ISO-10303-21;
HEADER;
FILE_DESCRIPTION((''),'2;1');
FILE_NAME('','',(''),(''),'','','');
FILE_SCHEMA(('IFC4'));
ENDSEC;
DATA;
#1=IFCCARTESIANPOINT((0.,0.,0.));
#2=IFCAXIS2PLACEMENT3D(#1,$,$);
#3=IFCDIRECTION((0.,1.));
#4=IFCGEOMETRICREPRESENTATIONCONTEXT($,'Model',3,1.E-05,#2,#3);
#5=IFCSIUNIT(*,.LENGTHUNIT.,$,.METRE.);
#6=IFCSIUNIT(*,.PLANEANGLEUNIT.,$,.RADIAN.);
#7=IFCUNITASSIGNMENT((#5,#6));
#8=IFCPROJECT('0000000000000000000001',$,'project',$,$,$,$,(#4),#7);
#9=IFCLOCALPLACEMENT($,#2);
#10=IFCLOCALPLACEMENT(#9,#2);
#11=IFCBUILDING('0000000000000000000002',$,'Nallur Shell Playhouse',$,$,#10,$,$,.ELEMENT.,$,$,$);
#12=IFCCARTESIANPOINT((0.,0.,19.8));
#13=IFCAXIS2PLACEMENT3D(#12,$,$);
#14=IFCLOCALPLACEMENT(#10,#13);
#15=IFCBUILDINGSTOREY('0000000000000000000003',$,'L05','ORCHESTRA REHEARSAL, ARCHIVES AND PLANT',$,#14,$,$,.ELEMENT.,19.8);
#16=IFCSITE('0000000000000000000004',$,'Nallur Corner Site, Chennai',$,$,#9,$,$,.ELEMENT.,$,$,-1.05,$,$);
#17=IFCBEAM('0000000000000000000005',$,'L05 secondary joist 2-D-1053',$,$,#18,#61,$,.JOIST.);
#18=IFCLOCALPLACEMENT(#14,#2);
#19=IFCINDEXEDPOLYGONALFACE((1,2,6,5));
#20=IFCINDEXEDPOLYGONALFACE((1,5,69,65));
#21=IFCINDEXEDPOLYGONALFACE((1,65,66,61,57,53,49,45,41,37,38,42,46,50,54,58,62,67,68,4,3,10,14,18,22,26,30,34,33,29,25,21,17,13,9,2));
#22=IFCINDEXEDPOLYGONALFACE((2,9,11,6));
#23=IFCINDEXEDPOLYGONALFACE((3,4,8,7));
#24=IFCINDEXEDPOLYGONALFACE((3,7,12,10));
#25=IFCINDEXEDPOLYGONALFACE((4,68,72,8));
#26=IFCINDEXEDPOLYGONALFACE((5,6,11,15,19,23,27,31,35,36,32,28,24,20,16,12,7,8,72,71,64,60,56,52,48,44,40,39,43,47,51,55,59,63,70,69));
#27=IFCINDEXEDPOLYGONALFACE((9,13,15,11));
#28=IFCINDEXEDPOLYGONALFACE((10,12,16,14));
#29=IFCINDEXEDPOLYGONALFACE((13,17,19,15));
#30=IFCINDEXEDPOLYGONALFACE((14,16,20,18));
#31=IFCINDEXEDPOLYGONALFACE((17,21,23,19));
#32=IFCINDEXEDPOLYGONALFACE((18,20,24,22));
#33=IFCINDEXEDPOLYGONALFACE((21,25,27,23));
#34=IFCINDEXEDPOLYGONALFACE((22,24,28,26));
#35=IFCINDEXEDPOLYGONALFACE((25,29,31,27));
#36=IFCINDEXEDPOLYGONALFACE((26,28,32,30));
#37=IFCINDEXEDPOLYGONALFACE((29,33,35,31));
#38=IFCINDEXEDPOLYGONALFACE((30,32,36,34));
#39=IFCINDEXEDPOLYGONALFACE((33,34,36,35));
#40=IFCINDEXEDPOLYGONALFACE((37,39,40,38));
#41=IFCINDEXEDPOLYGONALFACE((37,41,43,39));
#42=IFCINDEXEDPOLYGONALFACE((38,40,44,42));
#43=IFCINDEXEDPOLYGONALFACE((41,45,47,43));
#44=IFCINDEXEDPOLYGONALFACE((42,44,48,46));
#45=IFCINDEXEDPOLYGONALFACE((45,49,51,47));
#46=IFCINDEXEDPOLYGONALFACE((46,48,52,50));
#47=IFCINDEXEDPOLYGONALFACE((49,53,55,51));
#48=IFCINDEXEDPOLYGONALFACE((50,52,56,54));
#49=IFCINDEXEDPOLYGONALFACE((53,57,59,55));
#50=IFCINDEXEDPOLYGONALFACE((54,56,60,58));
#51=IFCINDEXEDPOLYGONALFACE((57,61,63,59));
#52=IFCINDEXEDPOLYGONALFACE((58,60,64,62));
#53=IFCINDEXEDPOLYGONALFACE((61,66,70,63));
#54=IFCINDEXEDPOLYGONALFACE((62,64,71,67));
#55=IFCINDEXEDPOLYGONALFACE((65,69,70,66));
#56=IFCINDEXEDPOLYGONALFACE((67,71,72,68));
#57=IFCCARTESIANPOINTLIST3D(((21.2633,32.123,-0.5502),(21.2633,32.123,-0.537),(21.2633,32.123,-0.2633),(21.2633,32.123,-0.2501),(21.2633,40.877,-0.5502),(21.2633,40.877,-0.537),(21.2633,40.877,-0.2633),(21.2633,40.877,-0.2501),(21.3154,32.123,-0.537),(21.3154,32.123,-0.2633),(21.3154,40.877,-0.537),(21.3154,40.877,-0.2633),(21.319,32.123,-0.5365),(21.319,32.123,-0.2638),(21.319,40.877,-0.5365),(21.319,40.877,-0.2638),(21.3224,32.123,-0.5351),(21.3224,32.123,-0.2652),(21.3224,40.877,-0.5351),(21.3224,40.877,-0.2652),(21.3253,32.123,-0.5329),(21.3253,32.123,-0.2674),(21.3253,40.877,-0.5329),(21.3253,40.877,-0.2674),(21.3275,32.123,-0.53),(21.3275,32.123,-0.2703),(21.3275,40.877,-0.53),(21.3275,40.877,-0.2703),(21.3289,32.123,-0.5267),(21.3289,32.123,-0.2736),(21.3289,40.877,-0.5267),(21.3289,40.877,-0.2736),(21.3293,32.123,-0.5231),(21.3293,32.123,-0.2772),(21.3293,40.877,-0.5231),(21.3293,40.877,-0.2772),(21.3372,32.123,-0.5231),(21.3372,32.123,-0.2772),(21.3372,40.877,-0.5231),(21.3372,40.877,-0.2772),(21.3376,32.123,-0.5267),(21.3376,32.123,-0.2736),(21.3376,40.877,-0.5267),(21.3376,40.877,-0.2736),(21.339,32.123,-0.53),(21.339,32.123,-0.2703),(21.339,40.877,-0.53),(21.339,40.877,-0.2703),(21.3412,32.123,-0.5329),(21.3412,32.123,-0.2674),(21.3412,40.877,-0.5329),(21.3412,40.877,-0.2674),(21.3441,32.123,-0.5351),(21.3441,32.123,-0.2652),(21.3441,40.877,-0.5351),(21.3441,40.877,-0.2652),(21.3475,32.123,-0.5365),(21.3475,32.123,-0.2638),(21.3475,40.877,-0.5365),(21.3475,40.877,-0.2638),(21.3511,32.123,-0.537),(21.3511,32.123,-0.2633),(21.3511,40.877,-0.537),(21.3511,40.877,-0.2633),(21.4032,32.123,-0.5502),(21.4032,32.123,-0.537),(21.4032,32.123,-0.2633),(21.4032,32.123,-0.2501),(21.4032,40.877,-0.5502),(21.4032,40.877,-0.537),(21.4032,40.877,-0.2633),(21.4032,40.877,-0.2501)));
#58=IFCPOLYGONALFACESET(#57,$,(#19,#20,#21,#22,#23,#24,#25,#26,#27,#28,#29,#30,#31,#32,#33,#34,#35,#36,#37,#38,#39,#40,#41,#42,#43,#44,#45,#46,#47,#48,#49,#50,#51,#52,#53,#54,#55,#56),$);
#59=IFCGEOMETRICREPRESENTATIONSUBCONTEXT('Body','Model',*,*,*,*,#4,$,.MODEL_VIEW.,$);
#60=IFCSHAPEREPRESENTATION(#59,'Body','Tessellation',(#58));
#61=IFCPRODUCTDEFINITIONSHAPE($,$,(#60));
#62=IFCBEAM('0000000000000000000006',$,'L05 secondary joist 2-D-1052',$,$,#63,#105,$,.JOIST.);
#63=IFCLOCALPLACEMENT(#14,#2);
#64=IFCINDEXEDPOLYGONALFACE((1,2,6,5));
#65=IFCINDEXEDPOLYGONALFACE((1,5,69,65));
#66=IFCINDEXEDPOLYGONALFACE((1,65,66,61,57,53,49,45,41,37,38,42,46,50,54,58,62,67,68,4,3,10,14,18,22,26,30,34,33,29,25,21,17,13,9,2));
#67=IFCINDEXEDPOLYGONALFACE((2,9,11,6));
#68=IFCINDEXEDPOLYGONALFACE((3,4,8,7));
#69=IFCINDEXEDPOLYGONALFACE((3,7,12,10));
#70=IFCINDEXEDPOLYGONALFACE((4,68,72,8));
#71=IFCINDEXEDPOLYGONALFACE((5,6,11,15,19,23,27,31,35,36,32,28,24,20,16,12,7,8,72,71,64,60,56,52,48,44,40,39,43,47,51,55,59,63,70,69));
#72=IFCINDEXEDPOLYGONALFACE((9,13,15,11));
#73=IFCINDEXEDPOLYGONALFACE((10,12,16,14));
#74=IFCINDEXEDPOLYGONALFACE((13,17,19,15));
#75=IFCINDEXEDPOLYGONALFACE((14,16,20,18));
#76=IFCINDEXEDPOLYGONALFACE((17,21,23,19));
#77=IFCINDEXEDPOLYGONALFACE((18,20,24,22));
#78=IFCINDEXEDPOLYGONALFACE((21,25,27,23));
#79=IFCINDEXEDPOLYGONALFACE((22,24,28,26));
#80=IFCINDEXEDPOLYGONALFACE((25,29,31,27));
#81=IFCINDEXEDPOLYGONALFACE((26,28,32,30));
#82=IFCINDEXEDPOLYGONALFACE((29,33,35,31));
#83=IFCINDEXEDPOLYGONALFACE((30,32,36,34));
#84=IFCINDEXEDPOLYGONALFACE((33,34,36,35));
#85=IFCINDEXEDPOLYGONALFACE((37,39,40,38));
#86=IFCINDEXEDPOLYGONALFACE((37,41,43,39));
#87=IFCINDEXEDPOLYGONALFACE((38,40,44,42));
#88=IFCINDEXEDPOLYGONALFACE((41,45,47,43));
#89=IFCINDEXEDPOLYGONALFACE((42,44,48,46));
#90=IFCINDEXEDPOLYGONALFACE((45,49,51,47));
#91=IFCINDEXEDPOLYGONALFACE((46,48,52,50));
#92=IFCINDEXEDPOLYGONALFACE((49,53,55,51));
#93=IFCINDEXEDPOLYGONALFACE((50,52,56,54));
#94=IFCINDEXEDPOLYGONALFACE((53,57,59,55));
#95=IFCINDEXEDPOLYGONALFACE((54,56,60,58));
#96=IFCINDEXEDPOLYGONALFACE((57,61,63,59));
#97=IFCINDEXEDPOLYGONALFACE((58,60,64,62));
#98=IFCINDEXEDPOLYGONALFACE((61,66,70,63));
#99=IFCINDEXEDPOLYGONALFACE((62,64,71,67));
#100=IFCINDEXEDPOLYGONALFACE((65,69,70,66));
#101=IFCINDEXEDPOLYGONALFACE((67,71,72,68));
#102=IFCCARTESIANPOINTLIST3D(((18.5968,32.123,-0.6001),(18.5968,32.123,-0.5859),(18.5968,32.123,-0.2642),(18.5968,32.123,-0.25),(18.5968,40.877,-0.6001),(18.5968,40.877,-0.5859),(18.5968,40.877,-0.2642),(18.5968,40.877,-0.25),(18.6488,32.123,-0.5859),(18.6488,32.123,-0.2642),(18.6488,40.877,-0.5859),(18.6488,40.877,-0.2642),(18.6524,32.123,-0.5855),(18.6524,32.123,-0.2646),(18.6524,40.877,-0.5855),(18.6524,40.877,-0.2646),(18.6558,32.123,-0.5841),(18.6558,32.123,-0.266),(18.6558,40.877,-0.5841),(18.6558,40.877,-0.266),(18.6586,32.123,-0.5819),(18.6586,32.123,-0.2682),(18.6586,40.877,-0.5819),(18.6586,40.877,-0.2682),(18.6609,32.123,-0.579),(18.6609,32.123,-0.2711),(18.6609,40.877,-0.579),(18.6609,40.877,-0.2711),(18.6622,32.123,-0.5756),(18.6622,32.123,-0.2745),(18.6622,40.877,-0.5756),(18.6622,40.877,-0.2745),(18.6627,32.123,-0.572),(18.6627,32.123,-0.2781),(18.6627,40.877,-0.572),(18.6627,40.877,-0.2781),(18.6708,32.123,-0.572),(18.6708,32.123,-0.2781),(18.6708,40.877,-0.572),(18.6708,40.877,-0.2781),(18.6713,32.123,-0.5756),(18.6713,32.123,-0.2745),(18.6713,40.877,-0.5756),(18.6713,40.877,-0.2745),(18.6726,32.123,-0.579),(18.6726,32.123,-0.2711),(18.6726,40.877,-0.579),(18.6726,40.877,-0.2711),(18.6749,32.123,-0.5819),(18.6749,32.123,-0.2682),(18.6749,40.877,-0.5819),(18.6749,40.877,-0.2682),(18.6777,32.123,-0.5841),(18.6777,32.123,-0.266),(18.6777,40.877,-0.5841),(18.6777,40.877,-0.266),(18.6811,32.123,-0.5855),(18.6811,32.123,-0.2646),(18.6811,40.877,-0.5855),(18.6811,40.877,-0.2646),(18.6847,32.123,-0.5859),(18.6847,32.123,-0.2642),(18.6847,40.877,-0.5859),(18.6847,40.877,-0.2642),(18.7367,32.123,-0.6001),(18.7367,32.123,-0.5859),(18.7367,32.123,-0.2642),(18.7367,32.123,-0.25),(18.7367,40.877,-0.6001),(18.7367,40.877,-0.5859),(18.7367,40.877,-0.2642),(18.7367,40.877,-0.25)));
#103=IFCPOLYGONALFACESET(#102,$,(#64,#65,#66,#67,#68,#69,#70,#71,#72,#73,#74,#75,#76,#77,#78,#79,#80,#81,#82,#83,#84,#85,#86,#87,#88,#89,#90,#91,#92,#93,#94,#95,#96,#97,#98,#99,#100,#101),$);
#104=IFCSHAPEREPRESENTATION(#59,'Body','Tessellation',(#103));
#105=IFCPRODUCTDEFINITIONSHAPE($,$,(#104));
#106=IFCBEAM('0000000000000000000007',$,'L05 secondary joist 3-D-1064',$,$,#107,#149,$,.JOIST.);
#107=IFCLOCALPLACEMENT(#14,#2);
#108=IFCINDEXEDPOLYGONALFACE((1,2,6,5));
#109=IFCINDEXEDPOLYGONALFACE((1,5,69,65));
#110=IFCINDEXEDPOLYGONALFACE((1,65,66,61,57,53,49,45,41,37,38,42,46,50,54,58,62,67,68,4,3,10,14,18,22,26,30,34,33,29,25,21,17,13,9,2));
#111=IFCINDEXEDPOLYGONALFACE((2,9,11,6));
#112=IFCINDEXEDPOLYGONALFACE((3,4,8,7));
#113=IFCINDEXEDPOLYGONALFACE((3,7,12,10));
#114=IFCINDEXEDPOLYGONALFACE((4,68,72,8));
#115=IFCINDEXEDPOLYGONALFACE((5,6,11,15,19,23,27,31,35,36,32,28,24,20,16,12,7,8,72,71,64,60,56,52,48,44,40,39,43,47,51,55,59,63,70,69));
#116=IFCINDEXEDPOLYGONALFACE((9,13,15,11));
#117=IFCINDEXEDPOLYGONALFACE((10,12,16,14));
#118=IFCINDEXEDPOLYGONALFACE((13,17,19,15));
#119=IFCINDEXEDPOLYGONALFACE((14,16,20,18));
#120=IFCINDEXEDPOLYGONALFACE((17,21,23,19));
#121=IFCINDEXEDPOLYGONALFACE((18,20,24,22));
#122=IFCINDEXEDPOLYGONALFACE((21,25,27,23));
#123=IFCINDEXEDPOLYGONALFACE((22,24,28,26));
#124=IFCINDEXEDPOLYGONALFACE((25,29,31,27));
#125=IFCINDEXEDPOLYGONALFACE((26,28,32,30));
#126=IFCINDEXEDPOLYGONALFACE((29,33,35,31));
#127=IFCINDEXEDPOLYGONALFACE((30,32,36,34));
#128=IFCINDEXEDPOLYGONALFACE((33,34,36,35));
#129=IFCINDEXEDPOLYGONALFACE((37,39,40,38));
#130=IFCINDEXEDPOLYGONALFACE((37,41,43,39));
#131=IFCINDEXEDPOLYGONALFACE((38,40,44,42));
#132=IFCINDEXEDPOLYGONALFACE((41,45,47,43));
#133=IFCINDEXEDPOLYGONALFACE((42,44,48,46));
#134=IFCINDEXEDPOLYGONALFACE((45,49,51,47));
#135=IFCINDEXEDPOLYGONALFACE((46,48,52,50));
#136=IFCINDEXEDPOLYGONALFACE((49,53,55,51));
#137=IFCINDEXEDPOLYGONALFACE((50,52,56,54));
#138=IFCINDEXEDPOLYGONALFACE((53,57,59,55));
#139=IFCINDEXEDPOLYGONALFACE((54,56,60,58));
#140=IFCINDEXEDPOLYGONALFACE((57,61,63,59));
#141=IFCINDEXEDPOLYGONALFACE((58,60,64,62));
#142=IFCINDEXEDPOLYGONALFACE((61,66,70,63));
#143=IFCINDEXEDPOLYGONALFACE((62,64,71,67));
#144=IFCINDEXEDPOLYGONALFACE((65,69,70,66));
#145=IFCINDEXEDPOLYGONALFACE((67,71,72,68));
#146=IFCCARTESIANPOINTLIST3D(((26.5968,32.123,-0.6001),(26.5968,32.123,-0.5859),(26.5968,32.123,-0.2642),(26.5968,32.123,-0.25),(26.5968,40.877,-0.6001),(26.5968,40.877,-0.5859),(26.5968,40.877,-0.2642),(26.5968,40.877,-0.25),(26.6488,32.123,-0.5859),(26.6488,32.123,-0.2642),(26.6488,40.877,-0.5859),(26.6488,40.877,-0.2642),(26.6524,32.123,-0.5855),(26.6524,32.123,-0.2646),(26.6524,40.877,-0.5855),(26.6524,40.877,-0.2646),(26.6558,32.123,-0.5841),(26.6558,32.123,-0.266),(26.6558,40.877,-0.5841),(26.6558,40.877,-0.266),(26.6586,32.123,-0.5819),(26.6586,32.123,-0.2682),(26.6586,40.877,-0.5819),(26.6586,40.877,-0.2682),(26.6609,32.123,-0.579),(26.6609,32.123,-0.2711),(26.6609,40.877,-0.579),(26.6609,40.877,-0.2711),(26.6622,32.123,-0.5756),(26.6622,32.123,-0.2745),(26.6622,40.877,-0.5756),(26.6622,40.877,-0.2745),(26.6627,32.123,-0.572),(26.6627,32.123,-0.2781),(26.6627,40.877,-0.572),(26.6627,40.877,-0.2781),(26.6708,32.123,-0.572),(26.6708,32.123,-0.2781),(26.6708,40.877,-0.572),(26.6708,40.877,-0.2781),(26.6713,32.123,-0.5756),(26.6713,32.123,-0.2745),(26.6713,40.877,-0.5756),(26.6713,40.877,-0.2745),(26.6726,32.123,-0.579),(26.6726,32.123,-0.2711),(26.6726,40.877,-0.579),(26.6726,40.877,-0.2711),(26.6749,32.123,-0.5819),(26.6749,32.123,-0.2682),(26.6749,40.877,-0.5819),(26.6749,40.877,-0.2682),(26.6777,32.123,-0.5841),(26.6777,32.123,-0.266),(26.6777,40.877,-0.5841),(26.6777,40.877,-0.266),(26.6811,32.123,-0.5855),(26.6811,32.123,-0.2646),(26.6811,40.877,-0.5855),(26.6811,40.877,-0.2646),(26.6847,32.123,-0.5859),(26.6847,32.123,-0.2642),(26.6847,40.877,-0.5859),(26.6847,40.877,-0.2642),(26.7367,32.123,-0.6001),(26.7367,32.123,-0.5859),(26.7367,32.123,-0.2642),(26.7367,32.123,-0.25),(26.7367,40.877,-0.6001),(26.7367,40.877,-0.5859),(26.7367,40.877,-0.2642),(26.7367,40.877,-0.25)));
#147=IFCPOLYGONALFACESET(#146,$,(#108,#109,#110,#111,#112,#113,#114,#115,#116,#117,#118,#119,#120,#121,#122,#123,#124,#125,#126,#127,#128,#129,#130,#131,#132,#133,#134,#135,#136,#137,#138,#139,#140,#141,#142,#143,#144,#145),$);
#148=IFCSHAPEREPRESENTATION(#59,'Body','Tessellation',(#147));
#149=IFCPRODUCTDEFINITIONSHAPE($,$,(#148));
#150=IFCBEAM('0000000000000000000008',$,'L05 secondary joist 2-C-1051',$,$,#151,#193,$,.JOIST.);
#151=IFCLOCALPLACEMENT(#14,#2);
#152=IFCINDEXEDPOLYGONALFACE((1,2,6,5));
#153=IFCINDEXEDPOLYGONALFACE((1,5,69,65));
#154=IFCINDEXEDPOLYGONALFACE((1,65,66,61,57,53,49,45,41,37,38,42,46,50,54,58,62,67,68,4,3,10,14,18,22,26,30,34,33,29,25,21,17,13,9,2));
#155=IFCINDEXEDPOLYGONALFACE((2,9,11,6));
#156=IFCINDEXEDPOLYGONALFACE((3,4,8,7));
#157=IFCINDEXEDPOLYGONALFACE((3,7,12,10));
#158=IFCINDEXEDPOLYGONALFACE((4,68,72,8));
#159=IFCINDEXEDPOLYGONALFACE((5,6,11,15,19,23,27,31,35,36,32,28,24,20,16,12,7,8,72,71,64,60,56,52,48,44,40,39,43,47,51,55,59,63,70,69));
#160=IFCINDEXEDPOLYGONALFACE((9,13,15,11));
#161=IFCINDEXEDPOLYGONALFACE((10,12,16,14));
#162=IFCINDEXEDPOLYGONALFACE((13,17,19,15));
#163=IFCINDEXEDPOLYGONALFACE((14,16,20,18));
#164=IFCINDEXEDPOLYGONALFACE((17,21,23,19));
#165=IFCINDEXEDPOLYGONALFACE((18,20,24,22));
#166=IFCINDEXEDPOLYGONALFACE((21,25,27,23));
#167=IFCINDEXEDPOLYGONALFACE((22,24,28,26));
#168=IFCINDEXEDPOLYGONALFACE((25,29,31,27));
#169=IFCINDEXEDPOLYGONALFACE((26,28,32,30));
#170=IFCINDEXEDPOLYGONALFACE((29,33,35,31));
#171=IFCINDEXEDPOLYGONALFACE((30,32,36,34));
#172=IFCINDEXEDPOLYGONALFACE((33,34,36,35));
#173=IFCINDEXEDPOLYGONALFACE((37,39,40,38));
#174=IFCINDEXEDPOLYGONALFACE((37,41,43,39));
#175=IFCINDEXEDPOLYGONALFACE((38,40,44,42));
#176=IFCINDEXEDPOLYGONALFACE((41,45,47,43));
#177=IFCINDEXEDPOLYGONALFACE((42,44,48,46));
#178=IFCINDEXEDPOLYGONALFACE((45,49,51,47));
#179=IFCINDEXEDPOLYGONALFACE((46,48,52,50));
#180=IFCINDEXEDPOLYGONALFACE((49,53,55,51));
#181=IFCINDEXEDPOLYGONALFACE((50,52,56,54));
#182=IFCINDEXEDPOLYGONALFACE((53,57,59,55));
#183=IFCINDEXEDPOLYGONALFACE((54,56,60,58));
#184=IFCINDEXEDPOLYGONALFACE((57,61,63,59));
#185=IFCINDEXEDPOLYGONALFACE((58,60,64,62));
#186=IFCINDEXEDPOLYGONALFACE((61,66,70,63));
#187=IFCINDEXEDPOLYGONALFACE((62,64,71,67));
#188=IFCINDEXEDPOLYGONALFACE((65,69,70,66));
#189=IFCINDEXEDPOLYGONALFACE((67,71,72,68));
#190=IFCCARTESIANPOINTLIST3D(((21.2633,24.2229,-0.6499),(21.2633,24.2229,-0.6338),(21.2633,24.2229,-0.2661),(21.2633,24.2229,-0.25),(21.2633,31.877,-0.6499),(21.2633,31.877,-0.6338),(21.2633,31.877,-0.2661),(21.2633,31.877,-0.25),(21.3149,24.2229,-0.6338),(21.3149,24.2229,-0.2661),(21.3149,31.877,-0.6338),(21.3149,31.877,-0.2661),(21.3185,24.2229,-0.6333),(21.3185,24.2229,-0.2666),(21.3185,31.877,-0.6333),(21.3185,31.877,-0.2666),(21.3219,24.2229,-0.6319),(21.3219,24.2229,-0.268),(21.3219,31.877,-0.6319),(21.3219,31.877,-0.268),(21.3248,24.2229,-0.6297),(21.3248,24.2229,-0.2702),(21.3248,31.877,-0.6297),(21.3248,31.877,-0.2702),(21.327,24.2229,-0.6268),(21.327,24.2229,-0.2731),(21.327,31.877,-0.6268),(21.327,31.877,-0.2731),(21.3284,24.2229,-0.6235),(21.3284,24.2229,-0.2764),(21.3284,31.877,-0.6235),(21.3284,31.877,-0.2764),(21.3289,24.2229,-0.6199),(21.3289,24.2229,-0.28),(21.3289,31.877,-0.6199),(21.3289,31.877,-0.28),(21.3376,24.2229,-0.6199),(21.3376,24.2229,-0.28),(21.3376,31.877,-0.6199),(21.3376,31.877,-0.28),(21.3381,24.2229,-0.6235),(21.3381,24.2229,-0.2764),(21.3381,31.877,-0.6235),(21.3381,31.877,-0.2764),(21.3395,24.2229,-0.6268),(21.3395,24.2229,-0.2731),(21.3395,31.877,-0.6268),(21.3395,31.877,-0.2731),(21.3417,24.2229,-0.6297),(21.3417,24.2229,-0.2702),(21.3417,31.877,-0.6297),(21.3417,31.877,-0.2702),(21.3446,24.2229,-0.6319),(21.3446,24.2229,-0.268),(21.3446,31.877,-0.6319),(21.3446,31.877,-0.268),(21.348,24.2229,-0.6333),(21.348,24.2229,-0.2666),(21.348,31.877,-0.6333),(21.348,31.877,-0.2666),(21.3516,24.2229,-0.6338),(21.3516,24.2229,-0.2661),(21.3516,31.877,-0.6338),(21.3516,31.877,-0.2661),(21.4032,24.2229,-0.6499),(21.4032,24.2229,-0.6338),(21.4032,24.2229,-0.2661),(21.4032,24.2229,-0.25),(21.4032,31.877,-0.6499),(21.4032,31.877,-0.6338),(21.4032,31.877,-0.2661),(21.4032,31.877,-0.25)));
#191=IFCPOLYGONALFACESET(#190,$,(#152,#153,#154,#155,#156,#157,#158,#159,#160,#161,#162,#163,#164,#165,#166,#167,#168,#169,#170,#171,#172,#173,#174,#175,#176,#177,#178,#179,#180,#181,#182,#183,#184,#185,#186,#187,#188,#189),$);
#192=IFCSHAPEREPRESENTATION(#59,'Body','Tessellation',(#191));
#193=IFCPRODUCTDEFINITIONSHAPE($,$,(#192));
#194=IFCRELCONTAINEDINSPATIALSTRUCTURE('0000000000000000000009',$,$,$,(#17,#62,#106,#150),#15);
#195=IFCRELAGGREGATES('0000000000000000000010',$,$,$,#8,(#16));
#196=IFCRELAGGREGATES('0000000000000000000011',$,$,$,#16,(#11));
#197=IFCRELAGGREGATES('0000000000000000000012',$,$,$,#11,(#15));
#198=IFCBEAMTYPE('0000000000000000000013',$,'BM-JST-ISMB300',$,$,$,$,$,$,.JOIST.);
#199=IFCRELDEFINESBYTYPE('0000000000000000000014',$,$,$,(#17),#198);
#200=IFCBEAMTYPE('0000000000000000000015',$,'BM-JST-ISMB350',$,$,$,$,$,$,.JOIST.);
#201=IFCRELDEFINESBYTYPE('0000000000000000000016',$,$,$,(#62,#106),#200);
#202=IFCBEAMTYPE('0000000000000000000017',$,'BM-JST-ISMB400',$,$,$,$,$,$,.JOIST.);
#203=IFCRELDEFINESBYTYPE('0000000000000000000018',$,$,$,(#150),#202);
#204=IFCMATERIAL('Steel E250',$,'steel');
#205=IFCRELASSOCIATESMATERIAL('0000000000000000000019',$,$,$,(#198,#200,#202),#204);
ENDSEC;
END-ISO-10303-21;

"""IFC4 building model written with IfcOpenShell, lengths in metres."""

from ifc_helpers import new_model, si_unit, direction, frame, origin, origin_2d, place, context, subcontext, project, spatial, i_section, extrude, material, material_profile, profile_set, type_object, element, save


model = new_model("IFC4")

# Units and contexts
model_context = context("Model", 3, precision=1e-05, world=origin(), true_north=direction((0.0, 1.0)))
body_context = subcontext(model_context, "Body", "Model", "MODEL_VIEW")
ifc_project = project(units=[si_unit("LENGTHUNIT", "METRE"), si_unit("PLANEANGLEUNIT", "RADIAN")], contexts=[model_context])

# Site, building, storey
site_placement = place(None, origin())
site = spatial("IfcSite", under=ifc_project, at=site_placement, Name="Nallur Corner Site, Chennai", CompositionType="ELEMENT", RefElevation=-1.05)
building_placement = place(site_placement, origin())
building = spatial("IfcBuilding", under=site, at=building_placement, Name="Nallur Shell Playhouse", CompositionType="ELEMENT")
storey_placement = place(building_placement, frame((0.0, 0.0, 19.8)))
storey = spatial("IfcBuildingStorey", under=building, at=storey_placement, Name="L05", Description="ORCHESTRA REHEARSAL, ARCHIVES AND PLANT", CompositionType="ELEMENT", Elevation=19.8)

# Beams
ifc_material_1 = material(Name="Steel E250", Category="steel")
ifc_material_profile_1 = material_profile(ifc_material_1, i_section(OverallWidth=0.1399, OverallDepth=0.3, WebThickness=0.0078, FlangeThickness=0.0132, FilletRadius=0.0139, at=origin_2d()), Name="ISMB 300")
ifc_profile_set_1 = profile_set([ifc_material_profile_1], Name="Steel E250")
beam_type_1 = type_object("IfcBeamType", Name="BM-JST-ISMB300", PredefinedType="JOIST", material=ifc_profile_set_1)
beam_1_placement = place(storey_placement, frame((21.3333, 32.123, -0.4001), z_axis=(0.0, 1.0, 0.0), x_axis=(-1.0, 0.0, 0.0)))
element("IfcBeam", 1, at=beam_1_placement, inside=storey, type_object=beam_type_1, Name="L05 secondary joist 2-D-1053", PredefinedType="JOIST", context=body_context, shape_type="SweptSolid", body=[
    extrude(i_section(OverallWidth=0.1399, OverallDepth=0.3, WebThickness=0.0078, FlangeThickness=0.0132, FilletRadius=0.0139, at=origin_2d()), origin(), (0.0, 0.0, 1.0), 8.7539),
])
ifc_material_profile_2 = material_profile(ifc_material_1, i_section(OverallWidth=0.1399, OverallDepth=0.3501, WebThickness=0.0081, FlangeThickness=0.0142, FilletRadius=0.0139, at=origin_2d()), Name="ISMB 350")
ifc_profile_set_2 = profile_set([ifc_material_profile_2], Name="Steel E250")
beam_type_2 = type_object("IfcBeamType", Name="BM-JST-ISMB350", PredefinedType="JOIST", material=ifc_profile_set_2)
for number, where, z_axis, x_axis, name in (
    (2, (18.6667, 32.123, -0.425), (0.0, 1.0, 0.0), (-1.0, 0.0, 0.0), "L05 secondary joist 2-D-1052"),
    (3, (26.6667, 32.123, -0.425), (0.0, 1.0, 0.0), (-1.0, 0.0, 0.0), "L05 secondary joist 3-D-1064"),
):
    element("IfcBeam", number, at=place(storey_placement, frame(where, z_axis=z_axis, x_axis=x_axis)), inside=storey, type_object=beam_type_2, Name=name, PredefinedType="JOIST", context=body_context, shape_type="SweptSolid", body=[
        extrude(i_section(OverallWidth=0.1399, OverallDepth=0.3501, WebThickness=0.0081, FlangeThickness=0.0142, FilletRadius=0.0139, at=origin_2d()), origin(), (0.0, 0.0, 1.0), 8.7539),
    ])
ifc_material_profile_3 = material_profile(ifc_material_1, i_section(OverallWidth=0.1399, OverallDepth=0.3999, WebThickness=0.0088, FlangeThickness=0.0161, FilletRadius=0.0139, at=origin_2d()), Name="ISMB 400")
ifc_profile_set_3 = profile_set([ifc_material_profile_3], Name="Steel E250")
beam_type_3 = type_object("IfcBeamType", Name="BM-JST-ISMB400", PredefinedType="JOIST", material=ifc_profile_set_3)
beam_2_placement = place(storey_placement, frame((21.3333, 24.2229, -0.45), z_axis=(0.0, 1.0, 0.0), x_axis=(-1.0, 0.0, 0.0)))
element("IfcBeam", 4, at=beam_2_placement, inside=storey, type_object=beam_type_3, Name="L05 secondary joist 2-C-1051", PredefinedType="JOIST", context=body_context, shape_type="SweptSolid", body=[
    extrude(i_section(OverallWidth=0.1399, OverallDepth=0.3999, WebThickness=0.0088, FlangeThickness=0.0161, FilletRadius=0.0139, at=origin_2d()), origin(), (0.0, 0.0, 1.0), 7.6541),
])

save(model, "model.ifc")
